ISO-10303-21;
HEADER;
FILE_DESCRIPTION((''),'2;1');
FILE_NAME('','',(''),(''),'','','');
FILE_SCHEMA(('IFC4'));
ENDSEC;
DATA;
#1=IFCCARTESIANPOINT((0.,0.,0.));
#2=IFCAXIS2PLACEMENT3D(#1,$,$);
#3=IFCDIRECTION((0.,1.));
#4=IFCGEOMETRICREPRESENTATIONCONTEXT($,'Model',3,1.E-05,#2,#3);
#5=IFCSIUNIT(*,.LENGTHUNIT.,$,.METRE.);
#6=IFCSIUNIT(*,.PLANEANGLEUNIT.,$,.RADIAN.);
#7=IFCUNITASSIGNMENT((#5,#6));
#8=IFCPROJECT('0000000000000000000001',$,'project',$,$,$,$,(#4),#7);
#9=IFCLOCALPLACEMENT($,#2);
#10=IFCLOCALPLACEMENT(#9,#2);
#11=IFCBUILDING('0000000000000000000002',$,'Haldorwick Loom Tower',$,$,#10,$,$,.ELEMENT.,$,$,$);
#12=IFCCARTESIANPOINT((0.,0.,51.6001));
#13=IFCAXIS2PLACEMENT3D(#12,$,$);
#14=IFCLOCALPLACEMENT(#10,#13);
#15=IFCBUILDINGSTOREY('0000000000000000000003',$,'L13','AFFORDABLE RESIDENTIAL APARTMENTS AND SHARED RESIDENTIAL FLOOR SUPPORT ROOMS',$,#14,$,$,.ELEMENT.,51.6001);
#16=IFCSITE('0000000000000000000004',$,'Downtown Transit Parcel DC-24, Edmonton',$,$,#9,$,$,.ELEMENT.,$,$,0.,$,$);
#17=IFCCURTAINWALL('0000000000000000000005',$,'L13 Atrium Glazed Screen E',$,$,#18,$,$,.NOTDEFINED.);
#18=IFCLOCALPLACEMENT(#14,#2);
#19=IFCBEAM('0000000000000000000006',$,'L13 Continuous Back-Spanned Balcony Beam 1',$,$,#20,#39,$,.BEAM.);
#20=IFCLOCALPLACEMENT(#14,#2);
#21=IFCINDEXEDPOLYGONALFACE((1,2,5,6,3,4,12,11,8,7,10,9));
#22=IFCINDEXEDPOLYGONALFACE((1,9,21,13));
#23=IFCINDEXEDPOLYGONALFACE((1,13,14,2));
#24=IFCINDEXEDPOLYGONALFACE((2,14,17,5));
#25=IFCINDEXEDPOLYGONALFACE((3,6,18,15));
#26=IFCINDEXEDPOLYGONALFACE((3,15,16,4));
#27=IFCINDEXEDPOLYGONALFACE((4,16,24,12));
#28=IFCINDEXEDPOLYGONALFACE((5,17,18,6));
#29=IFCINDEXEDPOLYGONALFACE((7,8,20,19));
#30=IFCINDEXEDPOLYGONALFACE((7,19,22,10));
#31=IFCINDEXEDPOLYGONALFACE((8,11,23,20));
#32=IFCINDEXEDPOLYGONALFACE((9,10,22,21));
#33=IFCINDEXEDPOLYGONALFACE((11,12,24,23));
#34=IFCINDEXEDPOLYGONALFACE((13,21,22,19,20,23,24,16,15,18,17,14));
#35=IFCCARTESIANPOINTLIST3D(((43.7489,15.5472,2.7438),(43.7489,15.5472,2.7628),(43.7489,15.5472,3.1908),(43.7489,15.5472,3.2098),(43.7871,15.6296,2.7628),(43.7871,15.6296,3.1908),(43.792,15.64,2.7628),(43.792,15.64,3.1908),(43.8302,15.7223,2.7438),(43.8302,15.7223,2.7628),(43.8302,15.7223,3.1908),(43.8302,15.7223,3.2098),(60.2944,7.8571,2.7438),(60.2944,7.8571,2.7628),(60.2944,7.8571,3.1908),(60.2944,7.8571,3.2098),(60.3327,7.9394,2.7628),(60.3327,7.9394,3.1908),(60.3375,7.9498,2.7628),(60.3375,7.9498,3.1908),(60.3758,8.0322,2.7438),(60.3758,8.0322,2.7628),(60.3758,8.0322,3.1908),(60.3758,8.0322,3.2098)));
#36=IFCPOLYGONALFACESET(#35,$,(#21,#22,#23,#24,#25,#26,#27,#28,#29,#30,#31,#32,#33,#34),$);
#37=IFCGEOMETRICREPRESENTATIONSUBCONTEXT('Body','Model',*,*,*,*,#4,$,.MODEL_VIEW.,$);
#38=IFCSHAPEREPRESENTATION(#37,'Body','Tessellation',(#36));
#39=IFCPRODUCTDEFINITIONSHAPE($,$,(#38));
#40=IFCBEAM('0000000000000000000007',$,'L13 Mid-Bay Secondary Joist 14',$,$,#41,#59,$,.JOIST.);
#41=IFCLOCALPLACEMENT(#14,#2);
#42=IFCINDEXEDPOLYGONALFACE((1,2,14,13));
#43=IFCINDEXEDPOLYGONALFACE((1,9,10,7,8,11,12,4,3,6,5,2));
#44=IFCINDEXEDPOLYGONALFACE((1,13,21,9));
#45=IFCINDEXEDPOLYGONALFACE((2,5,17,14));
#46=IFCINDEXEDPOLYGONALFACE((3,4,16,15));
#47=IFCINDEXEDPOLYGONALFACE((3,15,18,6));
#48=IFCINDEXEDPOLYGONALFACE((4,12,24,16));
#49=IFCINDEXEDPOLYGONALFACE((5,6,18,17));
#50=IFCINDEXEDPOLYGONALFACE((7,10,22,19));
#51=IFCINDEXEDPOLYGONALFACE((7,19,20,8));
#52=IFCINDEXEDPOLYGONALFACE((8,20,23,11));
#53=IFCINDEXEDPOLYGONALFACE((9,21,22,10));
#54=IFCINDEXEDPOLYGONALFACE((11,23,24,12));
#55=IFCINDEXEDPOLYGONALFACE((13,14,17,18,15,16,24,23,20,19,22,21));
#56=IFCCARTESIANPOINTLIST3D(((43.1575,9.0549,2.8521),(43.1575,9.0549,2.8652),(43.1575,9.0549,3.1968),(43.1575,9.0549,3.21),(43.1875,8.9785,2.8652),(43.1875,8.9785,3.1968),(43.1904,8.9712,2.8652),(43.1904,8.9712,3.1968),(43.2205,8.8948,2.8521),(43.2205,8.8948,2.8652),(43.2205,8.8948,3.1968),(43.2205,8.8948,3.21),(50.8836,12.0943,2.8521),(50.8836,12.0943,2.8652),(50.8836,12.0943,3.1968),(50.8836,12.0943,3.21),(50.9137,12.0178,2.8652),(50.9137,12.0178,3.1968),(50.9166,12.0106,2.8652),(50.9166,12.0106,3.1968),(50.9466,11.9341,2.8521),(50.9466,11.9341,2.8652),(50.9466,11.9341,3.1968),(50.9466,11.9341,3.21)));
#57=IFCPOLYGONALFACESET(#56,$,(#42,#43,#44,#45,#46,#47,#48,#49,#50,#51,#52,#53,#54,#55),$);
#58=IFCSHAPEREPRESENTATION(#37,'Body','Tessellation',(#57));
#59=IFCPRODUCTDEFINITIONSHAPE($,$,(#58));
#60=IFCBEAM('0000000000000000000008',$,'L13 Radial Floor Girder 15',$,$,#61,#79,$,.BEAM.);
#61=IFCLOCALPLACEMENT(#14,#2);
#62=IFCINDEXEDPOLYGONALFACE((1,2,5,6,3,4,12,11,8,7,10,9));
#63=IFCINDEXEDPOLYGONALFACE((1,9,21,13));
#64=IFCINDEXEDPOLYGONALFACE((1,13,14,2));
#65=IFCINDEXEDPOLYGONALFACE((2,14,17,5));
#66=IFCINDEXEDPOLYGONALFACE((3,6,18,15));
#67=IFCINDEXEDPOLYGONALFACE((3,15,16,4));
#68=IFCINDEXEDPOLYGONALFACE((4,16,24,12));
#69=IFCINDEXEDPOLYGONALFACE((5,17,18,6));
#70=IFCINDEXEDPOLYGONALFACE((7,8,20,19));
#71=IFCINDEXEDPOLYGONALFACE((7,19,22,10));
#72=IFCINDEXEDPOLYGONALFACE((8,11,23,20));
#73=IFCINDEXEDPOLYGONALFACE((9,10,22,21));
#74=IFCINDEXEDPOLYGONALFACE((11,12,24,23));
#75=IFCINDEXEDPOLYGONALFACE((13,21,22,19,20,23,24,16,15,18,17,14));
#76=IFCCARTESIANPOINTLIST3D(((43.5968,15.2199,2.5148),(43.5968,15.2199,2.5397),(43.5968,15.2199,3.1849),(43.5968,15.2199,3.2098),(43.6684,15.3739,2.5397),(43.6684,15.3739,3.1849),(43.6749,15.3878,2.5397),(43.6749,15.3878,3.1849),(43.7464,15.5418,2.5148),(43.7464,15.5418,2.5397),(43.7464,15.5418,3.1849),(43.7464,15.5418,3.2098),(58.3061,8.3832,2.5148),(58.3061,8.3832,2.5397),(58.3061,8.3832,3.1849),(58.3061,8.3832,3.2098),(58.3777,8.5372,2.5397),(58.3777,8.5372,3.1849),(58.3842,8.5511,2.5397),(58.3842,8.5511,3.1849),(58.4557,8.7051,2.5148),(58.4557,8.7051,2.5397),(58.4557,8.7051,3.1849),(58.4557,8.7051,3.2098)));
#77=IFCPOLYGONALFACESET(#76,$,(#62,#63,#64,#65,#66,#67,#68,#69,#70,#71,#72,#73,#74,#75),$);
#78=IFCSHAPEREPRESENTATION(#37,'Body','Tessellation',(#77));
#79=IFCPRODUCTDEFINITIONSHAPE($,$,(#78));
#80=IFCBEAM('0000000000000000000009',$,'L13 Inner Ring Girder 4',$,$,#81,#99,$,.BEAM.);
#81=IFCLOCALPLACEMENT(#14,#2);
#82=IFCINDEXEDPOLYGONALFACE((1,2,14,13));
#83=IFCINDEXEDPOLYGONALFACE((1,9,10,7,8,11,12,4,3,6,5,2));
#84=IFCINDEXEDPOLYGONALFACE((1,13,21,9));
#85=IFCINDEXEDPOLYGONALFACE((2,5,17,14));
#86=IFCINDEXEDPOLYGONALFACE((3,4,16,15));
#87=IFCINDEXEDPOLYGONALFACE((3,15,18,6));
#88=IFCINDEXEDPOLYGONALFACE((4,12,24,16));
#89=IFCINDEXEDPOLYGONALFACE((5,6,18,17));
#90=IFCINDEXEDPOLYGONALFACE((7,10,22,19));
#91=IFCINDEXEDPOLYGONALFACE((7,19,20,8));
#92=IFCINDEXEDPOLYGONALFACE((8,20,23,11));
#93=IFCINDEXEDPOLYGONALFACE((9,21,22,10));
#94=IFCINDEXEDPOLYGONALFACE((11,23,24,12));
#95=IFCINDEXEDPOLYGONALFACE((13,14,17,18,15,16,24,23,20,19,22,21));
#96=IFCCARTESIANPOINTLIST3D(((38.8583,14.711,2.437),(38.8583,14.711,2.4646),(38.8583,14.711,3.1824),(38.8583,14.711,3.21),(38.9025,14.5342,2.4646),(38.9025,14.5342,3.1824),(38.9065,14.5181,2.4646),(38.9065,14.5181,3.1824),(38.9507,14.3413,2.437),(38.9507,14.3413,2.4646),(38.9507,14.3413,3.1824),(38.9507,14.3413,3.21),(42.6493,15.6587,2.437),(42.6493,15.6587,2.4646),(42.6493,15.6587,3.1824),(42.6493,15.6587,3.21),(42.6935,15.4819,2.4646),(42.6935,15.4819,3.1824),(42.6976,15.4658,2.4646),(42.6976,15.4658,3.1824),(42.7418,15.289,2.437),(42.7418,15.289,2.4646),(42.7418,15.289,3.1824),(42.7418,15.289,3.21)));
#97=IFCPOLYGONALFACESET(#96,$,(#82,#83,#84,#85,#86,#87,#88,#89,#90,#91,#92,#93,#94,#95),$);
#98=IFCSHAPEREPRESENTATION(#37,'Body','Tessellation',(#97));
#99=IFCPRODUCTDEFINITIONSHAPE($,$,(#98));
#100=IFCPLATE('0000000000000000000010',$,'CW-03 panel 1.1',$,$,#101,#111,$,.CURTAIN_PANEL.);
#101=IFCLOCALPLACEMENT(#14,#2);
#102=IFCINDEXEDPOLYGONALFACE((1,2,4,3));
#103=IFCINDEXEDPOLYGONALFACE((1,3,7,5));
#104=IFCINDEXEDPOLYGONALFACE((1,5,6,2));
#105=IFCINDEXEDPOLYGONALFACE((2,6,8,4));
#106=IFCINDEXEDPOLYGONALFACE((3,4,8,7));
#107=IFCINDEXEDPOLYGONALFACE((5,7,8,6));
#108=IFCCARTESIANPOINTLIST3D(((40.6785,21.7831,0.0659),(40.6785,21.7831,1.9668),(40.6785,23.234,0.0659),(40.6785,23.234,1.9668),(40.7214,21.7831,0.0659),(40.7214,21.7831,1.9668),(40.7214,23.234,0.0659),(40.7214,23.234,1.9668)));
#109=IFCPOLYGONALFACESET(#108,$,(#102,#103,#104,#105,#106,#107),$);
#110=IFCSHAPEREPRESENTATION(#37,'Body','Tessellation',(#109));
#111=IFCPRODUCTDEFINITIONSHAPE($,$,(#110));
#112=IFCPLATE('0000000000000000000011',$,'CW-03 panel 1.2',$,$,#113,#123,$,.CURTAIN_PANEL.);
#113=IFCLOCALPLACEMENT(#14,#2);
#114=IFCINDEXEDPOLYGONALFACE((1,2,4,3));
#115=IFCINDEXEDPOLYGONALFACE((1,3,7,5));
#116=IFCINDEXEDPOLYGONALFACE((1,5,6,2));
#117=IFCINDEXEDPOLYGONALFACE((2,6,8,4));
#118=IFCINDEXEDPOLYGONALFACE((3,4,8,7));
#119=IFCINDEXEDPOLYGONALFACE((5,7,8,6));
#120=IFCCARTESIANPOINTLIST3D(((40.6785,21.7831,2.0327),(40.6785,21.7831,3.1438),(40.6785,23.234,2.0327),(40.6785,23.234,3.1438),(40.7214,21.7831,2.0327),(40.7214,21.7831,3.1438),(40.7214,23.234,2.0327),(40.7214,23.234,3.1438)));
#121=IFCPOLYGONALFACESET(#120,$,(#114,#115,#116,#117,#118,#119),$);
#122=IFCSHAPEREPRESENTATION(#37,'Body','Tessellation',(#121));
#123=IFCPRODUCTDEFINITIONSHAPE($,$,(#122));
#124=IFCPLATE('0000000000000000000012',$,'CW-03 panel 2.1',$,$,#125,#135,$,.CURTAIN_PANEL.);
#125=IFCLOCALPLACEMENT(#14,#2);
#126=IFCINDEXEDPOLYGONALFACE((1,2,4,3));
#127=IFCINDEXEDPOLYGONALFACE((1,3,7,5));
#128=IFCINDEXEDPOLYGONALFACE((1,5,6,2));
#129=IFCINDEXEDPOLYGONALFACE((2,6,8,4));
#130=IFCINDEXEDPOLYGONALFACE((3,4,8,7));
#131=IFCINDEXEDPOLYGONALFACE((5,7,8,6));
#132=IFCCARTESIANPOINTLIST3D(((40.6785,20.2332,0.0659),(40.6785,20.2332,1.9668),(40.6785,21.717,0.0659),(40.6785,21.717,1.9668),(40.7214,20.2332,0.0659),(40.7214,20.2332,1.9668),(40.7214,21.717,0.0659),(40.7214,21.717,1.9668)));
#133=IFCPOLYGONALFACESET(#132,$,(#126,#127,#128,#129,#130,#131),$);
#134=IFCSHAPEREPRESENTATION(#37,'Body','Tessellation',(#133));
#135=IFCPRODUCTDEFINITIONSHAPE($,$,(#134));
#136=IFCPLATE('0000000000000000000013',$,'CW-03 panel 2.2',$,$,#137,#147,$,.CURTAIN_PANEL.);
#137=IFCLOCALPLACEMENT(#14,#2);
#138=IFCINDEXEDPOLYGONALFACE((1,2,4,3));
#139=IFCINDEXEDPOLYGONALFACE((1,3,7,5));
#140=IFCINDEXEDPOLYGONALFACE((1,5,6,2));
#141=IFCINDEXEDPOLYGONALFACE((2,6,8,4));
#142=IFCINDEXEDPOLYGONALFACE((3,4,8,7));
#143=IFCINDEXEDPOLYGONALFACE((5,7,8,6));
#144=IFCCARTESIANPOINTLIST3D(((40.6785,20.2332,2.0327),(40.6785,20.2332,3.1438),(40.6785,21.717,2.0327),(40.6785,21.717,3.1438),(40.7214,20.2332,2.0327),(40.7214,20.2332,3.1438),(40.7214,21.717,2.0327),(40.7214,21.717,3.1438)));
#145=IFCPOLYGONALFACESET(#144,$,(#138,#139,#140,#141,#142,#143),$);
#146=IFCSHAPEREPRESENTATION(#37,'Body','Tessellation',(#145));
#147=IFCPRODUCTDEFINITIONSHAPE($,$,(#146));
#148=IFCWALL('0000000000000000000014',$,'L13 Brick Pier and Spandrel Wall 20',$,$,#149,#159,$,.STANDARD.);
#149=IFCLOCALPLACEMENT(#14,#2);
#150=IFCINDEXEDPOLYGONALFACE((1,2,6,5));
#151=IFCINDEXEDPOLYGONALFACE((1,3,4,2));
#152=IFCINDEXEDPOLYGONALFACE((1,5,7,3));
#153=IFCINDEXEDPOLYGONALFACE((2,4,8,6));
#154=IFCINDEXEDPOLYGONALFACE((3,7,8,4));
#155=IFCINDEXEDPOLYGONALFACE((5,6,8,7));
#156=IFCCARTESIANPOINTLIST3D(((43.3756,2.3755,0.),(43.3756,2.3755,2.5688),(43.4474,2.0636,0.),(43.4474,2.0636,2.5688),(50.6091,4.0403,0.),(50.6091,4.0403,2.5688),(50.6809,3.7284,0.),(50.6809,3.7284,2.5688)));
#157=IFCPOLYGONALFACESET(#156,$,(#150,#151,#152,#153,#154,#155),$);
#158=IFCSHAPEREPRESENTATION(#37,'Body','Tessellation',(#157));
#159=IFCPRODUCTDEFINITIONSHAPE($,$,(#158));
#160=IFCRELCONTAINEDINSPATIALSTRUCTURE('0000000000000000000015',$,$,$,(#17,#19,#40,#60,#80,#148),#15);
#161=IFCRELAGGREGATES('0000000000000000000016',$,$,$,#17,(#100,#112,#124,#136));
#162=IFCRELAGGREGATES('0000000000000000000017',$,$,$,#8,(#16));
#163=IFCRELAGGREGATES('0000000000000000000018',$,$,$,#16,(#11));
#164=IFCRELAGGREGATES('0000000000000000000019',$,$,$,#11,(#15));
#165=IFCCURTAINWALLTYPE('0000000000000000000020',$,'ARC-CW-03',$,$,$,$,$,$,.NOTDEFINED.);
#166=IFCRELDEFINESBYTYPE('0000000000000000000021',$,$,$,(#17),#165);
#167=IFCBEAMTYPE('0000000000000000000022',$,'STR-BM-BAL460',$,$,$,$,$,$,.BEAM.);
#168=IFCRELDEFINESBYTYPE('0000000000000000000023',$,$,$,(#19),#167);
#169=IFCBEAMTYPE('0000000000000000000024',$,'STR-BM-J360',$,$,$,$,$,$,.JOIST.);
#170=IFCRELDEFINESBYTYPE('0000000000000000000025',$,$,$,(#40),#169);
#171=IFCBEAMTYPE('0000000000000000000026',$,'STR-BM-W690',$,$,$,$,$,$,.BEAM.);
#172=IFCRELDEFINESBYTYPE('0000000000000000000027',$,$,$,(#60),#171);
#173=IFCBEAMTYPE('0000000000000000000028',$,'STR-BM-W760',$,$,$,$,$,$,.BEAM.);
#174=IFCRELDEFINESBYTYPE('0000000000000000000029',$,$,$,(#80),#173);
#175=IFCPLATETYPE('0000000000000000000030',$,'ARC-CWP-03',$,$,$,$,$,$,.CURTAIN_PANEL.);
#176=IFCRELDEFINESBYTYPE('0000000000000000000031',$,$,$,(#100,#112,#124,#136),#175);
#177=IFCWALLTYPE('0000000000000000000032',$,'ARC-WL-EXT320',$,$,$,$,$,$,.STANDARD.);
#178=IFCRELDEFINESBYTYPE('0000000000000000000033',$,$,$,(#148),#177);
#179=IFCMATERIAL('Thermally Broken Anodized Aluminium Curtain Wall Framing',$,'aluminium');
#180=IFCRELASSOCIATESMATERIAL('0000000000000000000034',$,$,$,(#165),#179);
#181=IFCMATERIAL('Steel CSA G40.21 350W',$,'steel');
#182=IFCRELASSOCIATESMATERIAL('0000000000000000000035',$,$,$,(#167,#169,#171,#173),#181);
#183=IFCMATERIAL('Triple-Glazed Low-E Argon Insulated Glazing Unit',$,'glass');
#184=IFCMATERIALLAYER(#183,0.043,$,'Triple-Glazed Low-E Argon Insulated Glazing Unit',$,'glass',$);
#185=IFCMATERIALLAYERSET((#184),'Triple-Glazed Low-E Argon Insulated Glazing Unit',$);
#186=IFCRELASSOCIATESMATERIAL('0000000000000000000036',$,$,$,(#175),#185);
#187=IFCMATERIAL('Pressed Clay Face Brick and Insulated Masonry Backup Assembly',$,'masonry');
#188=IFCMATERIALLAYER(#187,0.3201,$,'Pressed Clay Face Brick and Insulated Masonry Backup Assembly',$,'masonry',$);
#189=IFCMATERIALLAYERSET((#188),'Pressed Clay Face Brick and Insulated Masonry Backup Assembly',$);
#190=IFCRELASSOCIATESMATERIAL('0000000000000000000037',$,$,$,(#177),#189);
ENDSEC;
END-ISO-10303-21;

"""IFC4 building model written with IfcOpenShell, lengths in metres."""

from ifc_helpers import new_model, si_unit, direction, frame, frame_2d, origin, origin_2d, place, context, subcontext, project, spatial, rectangle, i_section, extrude, material, layer, layer_set, material_profile, profile_set, type_object, element, aggregate, save


model = new_model("IFC4")

# Units and contexts
model_context = context("Model", 3, precision=1e-05, world=origin(), true_north=direction((0.0, 1.0)))
body_context = subcontext(model_context, "Body", "Model", "MODEL_VIEW")
ifc_project = project(units=[si_unit("LENGTHUNIT", "METRE"), si_unit("PLANEANGLEUNIT", "RADIAN")], contexts=[model_context])

# Site, building, storey
site_placement = place(None, origin())
site = spatial("IfcSite", under=ifc_project, at=site_placement, Name="Downtown Transit Parcel DC-24, Edmonton", CompositionType="ELEMENT", RefElevation=0.0)
building_placement = place(site_placement, origin())
building = spatial("IfcBuilding", under=site, at=building_placement, Name="Haldorwick Loom Tower", CompositionType="ELEMENT")
storey_placement = place(building_placement, frame((0.0, 0.0, 51.6001)))
storey = spatial("IfcBuildingStorey", under=building, at=storey_placement, Name="L13", Description="AFFORDABLE RESIDENTIAL APARTMENTS AND SHARED RESIDENTIAL FLOOR SUPPORT ROOMS", CompositionType="ELEMENT", Elevation=51.6001)

# Curtain wall
ifc_material_1 = material(Name="Thermally Broken Anodized Aluminium Curtain Wall Framing", Category="aluminium")
curtain_wall_type = type_object("IfcCurtainWallType", Name="ARC-CW-03", PredefinedType="NOTDEFINED", material=ifc_material_1)
curtain_wall_placement = place(storey_placement, origin())
curtain_wall = element("IfcCurtainWall", 1, at=curtain_wall_placement, inside=storey, type_object=curtain_wall_type, Name="L13 Atrium Glazed Screen E", PredefinedType="NOTDEFINED")

# Beams
ifc_material_2 = material(Name="Steel CSA G40.21 350W", Category="steel")
ifc_material_profile_1 = material_profile(ifc_material_2, i_section(OverallWidth=0.1931, OverallDepth=0.4661, WebThickness=0.0115, FlangeThickness=0.019, at=origin_2d()), Name="W460X97", Category="steel")
ifc_profile_set_1 = profile_set([ifc_material_profile_1], Name="Steel CSA G40.21 350W")
beam_type_1 = type_object("IfcBeamType", Name="STR-BM-BAL460", PredefinedType="BEAM", material=ifc_profile_set_1)
beam_1_placement = place(storey_placement, frame((43.7896, 15.6348, 2.9768), z_axis=(0.906836, -0.421484, 0.0), x_axis=(0.421484, 0.906836, 0.0)))
element("IfcBeam", 2, at=beam_1_placement, inside=storey, type_object=beam_type_1, Name="L13 Continuous Back-Spanned Balcony Beam 1", PredefinedType="BEAM", context=body_context, shape_type="SweptSolid", body=[
    extrude(i_section(OverallWidth=0.1931, OverallDepth=0.4661, WebThickness=0.0115, FlangeThickness=0.019, at=origin_2d()), origin(), (0.0, 0.0, 1.0), 18.2454),
])
ifc_material_profile_2 = material_profile(ifc_material_2, i_section(OverallWidth=0.1721, OverallDepth=0.3579, WebThickness=0.0078, FlangeThickness=0.0132, at=origin_2d()), Name="W360X57", Category="steel")
ifc_profile_set_2 = profile_set([ifc_material_profile_2], Name="Steel CSA G40.21 350W")
beam_type_2 = type_object("IfcBeamType", Name="STR-BM-J360", PredefinedType="JOIST", material=ifc_profile_set_2)
beam_2_placement = place(storey_placement, frame((43.189, 8.9749, 3.031), z_axis=(0.930585, 0.366076, 0.0), x_axis=(-0.366076, 0.930585, 0.0)))
element("IfcBeam", 3, at=beam_2_placement, inside=storey, type_object=beam_type_2, Name="L13 Mid-Bay Secondary Joist 14", PredefinedType="JOIST", context=body_context, shape_type="SweptSolid", body=[
    extrude(i_section(OverallWidth=0.1721, OverallDepth=0.3579, WebThickness=0.0078, FlangeThickness=0.0132, at=origin_2d()), origin(), (0.0, 0.0, 1.0), 8.3025),
])
ifc_material_profile_3 = material_profile(ifc_material_2, i_section(OverallWidth=0.355, OverallDepth=0.6951, WebThickness=0.0154, FlangeThickness=0.0249, at=origin_2d()), Name="W690X217", Category="steel")
ifc_profile_set_3 = profile_set([ifc_material_profile_3], Name="Steel CSA G40.21 350W")
beam_type_3 = type_object("IfcBeamType", Name="STR-BM-W690", PredefinedType="BEAM", material=ifc_profile_set_3)
beam_3_placement = place(storey_placement, frame((43.6716, 15.3809, 2.8623), z_axis=(0.906835, -0.421486, 0.0), x_axis=(0.421486, 0.906835, 0.0)))
element("IfcBeam", 4, at=beam_3_placement, inside=storey, type_object=beam_type_3, Name="L13 Radial Floor Girder 15", PredefinedType="BEAM", context=body_context, shape_type="SweptSolid", body=[
    extrude(i_section(OverallWidth=0.355, OverallDepth=0.6951, WebThickness=0.0154, FlangeThickness=0.0249, at=origin_2d()), origin(), (0.0, 0.0, 1.0), 16.2205),
])
ifc_material_profile_4 = material_profile(ifc_material_2, i_section(OverallWidth=0.3811, OverallDepth=0.7729, WebThickness=0.0166, FlangeThickness=0.0276, at=origin_2d()), Name="W760X257", Category="steel")
ifc_profile_set_4 = profile_set([ifc_material_profile_4], Name="Steel CSA G40.21 350W")
beam_type_4 = type_object("IfcBeamType", Name="STR-BM-W760", PredefinedType="BEAM", material=ifc_profile_set_4)
beam_4_placement = place(storey_placement, frame((42.6956, 15.4739, 2.8235), z_axis=(-0.970143, -0.242536, 0.0), x_axis=(0.242536, -0.970143, 0.0)))
element("IfcBeam", 5, at=beam_4_placement, inside=storey, type_object=beam_type_4, Name="L13 Inner Ring Girder 4", PredefinedType="BEAM", context=body_context, shape_type="SweptSolid", body=[
    extrude(i_section(OverallWidth=0.3811, OverallDepth=0.7729, WebThickness=0.0166, FlangeThickness=0.0276, at=origin_2d()), origin(), (0.0, 0.0, 1.0), 3.9077),
])

# Plates
ifc_material_3 = material(Name="Triple-Glazed Low-E Argon Insulated Glazing Unit", Category="glass")
ifc_layer_1 = layer(ifc_material_3, 0.043, Name="Triple-Glazed Low-E Argon Insulated Glazing Unit", Category="glass")
ifc_layer_set_1 = layer_set([ifc_layer_1], Name="Triple-Glazed Low-E Argon Insulated Glazing Unit")
plate_type = type_object("IfcPlateType", Name="ARC-CWP-03", PredefinedType="CURTAIN_PANEL", material=ifc_layer_set_1)
plate_1_placement = place(storey_placement, frame((40.7, 22.5085, 0.0659), z_axis=(0.0, 0.0, 1.0), x_axis=(0.0, -1.0, 0.0)))
plate_1 = element("IfcPlate", 6, at=plate_1_placement, type_object=plate_type, Name="CW-03 panel 1.1", PredefinedType="CURTAIN_PANEL", context=body_context, shape_type="SweptSolid", body=[
    extrude(rectangle(XDim=1.4509, YDim=0.043, at=origin_2d()), origin(), (0.0, 0.0, 1.0), 1.9009),
])
plate_2_placement = place(storey_placement, frame((40.7, 22.5085, 2.0327), z_axis=(0.0, 0.0, 1.0), x_axis=(0.0, -1.0, 0.0)))
plate_2 = element("IfcPlate", 7, at=plate_2_placement, type_object=plate_type, Name="CW-03 panel 1.2", PredefinedType="CURTAIN_PANEL", context=body_context, shape_type="SweptSolid", body=[
    extrude(rectangle(XDim=1.4509, YDim=0.043, at=origin_2d()), origin(), (0.0, 0.0, 1.0), 1.1111),
])
plate_3_placement = place(storey_placement, frame((40.7, 20.9751, 0.0659), z_axis=(0.0, 0.0, 1.0), x_axis=(0.0, -1.0, 0.0)))
plate_3 = element("IfcPlate", 8, at=plate_3_placement, type_object=plate_type, Name="CW-03 panel 2.1", PredefinedType="CURTAIN_PANEL", context=body_context, shape_type="SweptSolid", body=[
    extrude(rectangle(XDim=1.4839, YDim=0.043, at=origin_2d()), origin(), (0.0, 0.0, 1.0), 1.9009),
])
plate_4_placement = place(storey_placement, frame((40.7, 20.9751, 2.0327), z_axis=(0.0, 0.0, 1.0), x_axis=(0.0, -1.0, 0.0)))
plate_4 = element("IfcPlate", 9, at=plate_4_placement, type_object=plate_type, Name="CW-03 panel 2.2", PredefinedType="CURTAIN_PANEL", context=body_context, shape_type="SweptSolid", body=[
    extrude(rectangle(XDim=1.4839, YDim=0.043, at=origin_2d()), origin(), (0.0, 0.0, 1.0), 1.1111),
])
aggregate(curtain_wall, [plate_1, plate_2, plate_3, plate_4])

# Wall
ifc_material_4 = material(Name="Pressed Clay Face Brick and Insulated Masonry Backup Assembly", Category="masonry")
ifc_layer_2 = layer(ifc_material_4, 0.3201, Name="Pressed Clay Face Brick and Insulated Masonry Backup Assembly", Category="masonry")
ifc_layer_set_2 = layer_set([ifc_layer_2], Name="Pressed Clay Face Brick and Insulated Masonry Backup Assembly")
wall_type_1 = type_object("IfcWallType", Name="ARC-WL-EXT320", PredefinedType="STANDARD", material=ifc_layer_set_2)
wall_1_placement = place(storey_placement, frame((43.4114, 2.2195, 0.0), z_axis=(0.0, 0.0, 1.0), x_axis=(0.974522, 0.22429, 0.0)))
element("IfcWall", 10, at=wall_1_placement, inside=storey, type_object=wall_type_1, Name="L13 Brick Pier and Spandrel Wall 20", PredefinedType="STANDARD", context=body_context, shape_type="SweptSolid", body=[
    extrude(rectangle(XDim=7.4226, YDim=0.3201, at=frame_2d((3.7114, 0.0))), origin(), (0.0, 0.0, 1.0), 2.5688),
])

save(model, "model.ifc")
